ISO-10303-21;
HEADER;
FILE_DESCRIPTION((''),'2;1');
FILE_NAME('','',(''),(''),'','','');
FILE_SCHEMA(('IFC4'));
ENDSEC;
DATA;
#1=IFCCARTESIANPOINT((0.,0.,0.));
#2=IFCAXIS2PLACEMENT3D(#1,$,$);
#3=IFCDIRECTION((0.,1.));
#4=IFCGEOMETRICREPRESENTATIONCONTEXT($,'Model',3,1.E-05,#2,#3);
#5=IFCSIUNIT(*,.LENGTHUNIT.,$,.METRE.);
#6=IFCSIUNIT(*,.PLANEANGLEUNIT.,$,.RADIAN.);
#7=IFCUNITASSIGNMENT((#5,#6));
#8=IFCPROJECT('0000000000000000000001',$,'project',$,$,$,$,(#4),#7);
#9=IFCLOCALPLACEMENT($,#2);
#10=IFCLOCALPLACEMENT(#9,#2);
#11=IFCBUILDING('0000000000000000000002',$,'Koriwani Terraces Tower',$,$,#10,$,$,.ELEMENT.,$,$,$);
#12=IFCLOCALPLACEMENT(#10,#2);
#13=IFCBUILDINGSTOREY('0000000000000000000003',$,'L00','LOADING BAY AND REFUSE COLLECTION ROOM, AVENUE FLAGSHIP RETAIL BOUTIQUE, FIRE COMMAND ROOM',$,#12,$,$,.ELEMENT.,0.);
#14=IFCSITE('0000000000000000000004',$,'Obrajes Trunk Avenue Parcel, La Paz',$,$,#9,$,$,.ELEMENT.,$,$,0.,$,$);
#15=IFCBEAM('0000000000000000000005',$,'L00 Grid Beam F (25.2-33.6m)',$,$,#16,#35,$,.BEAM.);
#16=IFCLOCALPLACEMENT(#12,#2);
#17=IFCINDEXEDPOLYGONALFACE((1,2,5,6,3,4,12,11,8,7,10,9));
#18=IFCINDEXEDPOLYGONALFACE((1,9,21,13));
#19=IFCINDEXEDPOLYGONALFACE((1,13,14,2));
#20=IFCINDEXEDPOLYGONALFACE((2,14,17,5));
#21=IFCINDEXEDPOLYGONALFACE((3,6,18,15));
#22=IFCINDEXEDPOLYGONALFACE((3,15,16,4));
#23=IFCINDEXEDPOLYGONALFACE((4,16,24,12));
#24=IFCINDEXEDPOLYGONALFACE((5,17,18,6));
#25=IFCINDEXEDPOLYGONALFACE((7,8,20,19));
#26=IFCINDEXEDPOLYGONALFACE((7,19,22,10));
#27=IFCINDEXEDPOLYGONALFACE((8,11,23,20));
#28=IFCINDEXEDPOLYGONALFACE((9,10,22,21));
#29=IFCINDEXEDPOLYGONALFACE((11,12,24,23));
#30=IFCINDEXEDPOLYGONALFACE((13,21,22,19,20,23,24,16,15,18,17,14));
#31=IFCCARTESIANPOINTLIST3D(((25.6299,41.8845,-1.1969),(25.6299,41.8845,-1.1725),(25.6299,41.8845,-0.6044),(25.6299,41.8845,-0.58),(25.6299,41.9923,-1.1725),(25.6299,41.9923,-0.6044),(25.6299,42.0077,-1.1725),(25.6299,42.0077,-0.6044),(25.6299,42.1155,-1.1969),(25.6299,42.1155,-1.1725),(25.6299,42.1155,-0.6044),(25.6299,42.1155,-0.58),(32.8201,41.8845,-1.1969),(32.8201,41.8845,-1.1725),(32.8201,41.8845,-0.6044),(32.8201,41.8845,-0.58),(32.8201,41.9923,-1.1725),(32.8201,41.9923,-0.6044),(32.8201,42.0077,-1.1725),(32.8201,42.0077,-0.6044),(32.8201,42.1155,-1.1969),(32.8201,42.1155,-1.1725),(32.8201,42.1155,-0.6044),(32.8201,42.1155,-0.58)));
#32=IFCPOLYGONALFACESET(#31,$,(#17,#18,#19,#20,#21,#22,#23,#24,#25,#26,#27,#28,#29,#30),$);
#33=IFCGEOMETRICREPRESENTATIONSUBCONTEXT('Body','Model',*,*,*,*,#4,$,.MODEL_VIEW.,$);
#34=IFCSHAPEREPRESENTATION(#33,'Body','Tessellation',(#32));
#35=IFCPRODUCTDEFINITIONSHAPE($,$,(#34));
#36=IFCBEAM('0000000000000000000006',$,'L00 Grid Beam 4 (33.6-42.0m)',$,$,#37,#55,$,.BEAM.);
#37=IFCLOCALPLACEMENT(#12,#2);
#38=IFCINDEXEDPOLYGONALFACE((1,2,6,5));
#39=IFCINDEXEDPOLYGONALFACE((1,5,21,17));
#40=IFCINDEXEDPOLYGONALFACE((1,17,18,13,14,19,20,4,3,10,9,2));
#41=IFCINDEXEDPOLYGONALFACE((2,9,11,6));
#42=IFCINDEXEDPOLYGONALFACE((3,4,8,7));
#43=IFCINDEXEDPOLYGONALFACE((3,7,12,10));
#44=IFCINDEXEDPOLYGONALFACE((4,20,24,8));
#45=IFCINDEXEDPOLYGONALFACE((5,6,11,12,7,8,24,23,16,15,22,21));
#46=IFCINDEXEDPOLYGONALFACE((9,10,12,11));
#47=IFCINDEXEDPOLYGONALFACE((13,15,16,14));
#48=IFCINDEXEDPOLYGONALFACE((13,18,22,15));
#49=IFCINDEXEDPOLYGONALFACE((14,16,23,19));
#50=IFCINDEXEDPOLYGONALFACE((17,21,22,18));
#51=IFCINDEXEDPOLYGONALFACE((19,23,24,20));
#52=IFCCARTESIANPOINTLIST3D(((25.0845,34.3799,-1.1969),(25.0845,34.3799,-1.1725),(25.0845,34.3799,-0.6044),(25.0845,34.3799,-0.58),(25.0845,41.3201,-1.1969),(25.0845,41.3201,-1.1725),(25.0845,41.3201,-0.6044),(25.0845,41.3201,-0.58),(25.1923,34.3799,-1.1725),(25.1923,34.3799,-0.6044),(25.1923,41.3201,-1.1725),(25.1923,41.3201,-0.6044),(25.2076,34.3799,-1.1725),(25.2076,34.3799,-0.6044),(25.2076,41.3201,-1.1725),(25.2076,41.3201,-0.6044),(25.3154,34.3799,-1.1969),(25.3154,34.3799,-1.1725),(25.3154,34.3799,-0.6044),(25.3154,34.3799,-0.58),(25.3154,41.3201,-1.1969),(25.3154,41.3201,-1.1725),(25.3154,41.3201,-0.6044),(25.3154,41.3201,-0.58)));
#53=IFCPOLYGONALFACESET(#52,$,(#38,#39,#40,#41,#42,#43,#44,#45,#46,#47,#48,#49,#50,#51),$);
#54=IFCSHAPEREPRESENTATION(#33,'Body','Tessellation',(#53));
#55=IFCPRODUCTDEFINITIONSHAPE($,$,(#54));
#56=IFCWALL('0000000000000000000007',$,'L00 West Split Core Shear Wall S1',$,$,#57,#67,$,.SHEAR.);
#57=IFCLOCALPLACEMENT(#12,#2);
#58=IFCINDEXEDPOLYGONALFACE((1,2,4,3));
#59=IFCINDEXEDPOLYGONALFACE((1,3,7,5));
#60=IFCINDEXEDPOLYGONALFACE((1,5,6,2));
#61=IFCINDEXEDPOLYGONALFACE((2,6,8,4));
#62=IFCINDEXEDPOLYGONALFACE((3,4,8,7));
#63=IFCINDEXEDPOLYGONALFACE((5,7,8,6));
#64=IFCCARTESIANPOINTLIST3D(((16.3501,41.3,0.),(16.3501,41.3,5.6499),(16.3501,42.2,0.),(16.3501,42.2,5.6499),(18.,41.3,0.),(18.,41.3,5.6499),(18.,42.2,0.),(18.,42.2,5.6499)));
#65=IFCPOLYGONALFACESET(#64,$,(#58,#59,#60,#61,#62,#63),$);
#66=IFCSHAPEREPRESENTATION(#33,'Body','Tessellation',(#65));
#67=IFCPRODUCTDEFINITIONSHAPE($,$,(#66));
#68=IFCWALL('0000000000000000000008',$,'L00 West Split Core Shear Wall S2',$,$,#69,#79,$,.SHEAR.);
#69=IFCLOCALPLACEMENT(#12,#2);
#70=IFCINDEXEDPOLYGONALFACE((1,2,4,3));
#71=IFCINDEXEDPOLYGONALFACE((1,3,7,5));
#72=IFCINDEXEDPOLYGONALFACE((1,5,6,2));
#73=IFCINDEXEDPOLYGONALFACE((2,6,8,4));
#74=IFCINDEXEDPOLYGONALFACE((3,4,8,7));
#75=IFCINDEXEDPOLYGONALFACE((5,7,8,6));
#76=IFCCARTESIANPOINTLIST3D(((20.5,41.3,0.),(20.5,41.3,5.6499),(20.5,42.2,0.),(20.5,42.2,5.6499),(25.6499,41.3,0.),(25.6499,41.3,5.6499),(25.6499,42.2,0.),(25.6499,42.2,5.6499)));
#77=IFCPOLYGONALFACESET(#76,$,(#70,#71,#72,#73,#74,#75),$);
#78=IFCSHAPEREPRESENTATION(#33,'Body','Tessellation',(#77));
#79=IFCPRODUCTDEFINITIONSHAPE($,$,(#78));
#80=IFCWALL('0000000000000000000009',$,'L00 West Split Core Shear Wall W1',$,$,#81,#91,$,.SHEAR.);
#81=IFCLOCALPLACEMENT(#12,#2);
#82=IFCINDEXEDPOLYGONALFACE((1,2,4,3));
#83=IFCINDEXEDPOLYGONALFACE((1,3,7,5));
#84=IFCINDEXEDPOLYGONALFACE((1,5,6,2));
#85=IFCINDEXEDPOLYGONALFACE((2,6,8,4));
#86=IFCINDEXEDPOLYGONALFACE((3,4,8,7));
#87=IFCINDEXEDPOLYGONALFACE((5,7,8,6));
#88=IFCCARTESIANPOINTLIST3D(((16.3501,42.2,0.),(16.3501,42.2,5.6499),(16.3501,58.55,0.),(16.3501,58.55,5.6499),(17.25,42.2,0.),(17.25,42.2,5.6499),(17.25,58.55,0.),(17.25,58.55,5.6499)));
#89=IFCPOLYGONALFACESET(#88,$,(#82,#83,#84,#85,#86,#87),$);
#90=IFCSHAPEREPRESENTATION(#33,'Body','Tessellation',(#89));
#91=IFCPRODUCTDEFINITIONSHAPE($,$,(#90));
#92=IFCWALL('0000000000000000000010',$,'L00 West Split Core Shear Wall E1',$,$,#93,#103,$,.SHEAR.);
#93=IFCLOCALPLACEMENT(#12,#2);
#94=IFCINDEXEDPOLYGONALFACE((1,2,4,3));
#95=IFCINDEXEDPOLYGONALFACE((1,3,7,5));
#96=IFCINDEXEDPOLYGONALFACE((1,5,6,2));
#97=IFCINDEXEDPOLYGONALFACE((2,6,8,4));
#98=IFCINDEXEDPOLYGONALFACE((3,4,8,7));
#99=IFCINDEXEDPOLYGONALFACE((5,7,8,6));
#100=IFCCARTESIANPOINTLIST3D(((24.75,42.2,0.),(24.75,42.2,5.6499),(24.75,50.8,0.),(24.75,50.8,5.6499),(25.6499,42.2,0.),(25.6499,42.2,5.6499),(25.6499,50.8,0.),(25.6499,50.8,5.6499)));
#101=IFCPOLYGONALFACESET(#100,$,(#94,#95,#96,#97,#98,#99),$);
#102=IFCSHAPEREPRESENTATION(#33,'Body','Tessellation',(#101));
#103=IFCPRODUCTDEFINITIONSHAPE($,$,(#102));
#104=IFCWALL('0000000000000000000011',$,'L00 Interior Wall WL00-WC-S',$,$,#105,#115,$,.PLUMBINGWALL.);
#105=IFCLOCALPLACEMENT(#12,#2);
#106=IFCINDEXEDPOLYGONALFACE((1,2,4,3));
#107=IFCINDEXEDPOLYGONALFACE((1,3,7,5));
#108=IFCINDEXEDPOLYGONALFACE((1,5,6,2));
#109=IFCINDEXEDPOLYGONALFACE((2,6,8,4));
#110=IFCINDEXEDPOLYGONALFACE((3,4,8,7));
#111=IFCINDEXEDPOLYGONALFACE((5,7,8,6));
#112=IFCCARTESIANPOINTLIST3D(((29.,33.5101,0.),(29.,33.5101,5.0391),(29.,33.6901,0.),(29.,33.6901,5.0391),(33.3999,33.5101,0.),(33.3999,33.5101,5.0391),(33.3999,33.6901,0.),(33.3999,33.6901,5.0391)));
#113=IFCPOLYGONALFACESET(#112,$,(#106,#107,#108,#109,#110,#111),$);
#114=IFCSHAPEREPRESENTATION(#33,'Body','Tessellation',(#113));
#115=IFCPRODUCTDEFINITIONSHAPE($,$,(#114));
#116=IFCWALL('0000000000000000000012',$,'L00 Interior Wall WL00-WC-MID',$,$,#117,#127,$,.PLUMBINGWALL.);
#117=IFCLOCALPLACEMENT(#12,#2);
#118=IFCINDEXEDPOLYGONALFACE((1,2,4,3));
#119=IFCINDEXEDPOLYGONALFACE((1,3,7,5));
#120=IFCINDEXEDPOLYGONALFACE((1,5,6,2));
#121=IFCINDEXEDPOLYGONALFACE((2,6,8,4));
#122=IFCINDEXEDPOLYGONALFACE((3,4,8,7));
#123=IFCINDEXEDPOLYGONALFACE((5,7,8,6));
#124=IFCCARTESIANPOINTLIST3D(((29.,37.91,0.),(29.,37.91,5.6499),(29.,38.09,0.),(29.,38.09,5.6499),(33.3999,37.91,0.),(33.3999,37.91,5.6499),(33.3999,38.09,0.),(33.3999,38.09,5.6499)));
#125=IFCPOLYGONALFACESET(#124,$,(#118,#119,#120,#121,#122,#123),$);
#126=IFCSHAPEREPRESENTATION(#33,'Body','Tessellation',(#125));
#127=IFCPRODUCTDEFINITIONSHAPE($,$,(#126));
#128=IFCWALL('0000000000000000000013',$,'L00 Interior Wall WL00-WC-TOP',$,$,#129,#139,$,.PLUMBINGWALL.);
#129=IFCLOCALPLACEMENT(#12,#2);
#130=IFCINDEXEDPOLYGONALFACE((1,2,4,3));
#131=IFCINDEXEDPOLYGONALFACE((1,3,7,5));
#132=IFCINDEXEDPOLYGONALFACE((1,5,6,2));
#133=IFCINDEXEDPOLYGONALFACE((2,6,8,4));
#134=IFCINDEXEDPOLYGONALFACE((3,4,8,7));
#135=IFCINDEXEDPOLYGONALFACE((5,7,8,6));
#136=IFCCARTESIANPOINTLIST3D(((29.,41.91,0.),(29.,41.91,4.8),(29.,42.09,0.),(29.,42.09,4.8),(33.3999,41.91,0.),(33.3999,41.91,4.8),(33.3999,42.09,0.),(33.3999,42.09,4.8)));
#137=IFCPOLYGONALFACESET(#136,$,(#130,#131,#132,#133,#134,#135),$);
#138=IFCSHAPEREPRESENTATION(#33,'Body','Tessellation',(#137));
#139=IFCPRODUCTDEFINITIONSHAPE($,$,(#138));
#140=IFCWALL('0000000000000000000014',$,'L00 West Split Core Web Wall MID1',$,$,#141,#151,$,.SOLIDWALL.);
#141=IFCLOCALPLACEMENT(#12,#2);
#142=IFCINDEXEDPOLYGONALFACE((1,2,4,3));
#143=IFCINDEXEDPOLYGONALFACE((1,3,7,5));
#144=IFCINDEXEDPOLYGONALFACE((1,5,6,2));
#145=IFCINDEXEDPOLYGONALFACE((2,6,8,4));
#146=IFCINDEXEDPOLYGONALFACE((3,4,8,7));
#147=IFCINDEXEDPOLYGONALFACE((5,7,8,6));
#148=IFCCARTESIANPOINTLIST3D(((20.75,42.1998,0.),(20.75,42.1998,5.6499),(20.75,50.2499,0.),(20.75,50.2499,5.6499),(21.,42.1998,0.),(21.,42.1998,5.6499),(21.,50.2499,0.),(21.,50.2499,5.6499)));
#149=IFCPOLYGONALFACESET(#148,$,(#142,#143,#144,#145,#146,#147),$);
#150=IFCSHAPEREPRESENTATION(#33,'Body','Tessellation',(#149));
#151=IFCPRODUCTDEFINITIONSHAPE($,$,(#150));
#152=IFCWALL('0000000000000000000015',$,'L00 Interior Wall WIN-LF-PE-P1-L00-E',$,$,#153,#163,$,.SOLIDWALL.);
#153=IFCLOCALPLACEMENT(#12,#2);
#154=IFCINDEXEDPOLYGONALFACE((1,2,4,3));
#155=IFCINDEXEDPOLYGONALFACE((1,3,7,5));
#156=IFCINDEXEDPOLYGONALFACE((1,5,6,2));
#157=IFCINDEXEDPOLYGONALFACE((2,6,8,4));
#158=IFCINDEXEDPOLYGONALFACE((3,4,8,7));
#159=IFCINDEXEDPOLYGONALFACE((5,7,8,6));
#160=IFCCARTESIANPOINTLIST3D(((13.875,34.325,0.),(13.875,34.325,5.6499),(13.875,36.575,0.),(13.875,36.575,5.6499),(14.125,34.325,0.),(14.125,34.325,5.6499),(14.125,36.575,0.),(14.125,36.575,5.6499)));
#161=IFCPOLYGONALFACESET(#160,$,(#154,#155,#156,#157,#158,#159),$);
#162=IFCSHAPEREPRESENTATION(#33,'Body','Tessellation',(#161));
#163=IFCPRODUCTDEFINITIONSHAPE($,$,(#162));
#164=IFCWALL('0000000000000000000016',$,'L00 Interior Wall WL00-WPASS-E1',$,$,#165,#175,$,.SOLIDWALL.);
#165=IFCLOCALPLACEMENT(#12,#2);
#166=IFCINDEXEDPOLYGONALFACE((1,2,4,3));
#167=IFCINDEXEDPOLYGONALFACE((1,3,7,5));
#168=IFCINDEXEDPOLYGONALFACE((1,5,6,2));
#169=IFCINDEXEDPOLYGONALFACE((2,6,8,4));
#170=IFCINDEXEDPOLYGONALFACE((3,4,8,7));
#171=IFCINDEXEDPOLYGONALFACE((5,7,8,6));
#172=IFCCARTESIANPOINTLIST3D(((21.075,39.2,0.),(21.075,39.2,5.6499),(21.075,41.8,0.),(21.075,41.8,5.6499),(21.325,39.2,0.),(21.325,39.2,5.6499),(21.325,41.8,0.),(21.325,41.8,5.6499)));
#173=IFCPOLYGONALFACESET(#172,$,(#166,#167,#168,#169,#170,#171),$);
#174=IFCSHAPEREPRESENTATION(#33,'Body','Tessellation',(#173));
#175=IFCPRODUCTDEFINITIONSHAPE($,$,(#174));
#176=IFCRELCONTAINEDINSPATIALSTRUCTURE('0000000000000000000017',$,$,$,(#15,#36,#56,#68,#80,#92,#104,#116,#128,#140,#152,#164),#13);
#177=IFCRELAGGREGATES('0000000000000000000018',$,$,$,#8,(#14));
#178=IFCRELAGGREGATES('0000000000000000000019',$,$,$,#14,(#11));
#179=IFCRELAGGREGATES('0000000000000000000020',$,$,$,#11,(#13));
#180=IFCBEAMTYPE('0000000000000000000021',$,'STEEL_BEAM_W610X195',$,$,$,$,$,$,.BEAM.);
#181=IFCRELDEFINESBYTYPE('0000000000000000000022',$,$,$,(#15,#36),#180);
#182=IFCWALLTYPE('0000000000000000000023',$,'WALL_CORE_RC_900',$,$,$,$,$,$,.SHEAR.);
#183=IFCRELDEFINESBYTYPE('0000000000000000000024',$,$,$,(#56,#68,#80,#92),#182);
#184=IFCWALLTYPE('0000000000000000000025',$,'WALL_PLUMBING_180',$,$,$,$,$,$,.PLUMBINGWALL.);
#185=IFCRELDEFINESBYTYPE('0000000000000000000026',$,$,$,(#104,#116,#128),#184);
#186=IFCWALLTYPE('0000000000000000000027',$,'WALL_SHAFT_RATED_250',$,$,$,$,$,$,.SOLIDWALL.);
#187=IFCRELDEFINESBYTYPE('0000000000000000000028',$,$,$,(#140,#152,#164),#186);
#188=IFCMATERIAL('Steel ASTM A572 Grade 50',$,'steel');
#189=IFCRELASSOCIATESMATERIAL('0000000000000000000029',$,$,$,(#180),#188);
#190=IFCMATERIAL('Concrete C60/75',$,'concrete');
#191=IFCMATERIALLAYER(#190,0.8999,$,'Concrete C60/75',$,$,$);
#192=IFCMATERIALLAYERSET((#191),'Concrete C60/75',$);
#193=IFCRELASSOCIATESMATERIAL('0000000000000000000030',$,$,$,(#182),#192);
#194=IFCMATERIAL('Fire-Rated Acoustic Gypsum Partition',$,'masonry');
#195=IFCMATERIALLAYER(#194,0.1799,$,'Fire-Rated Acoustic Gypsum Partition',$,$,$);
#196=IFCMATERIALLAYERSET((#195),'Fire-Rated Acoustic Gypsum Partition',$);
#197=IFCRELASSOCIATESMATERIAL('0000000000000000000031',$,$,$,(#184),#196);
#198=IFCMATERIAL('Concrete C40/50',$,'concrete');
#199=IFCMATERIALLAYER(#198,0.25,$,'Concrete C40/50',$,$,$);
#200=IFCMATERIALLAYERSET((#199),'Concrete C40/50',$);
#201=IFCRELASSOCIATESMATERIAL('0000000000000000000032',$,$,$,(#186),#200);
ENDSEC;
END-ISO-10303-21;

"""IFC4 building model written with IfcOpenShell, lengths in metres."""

from ifc_helpers import new_model, si_unit, direction, frame, frame_2d, origin, origin_2d, place, context, subcontext, project, spatial, rectangle, i_section, extrude, material, layer, layer_set, material_profile, profile_set, type_object, element, save


model = new_model("IFC4")

# Units and contexts
model_context = context("Model", 3, precision=1e-05, world=origin(), true_north=direction((0.0, 1.0)))
body_context = subcontext(model_context, "Body", "Model", "MODEL_VIEW")
ifc_project = project(units=[si_unit("LENGTHUNIT", "METRE"), si_unit("PLANEANGLEUNIT", "RADIAN")], contexts=[model_context])

# Site, building, storey
site_placement = place(None, origin())
site = spatial("IfcSite", under=ifc_project, at=site_placement, Name="Obrajes Trunk Avenue Parcel, La Paz", CompositionType="ELEMENT", RefElevation=0.0)
building_placement = place(site_placement, origin())
building = spatial("IfcBuilding", under=site, at=building_placement, Name="Koriwani Terraces Tower", CompositionType="ELEMENT")
storey_placement = place(building_placement, origin())
storey = spatial("IfcBuildingStorey", under=building, at=storey_placement, Name="L00", Description="LOADING BAY AND REFUSE COLLECTION ROOM, AVENUE FLAGSHIP RETAIL BOUTIQUE, FIRE COMMAND ROOM", CompositionType="ELEMENT", Elevation=0.0)

# Shared definitions
ifc_material_1 = material(Name="Concrete C60/75", Category="concrete")

# Beams
ifc_material_2 = material(Name="Steel ASTM A572 Grade 50", Category="steel")
ifc_material_profile_1 = material_profile(ifc_material_2, i_section(OverallWidth=0.231, OverallDepth=0.6169, WebThickness=0.0154, FlangeThickness=0.0244, at=origin_2d()), Name="Steel ASTM A572 Grade 50", Category="LoadBearing")
ifc_profile_set_1 = profile_set([ifc_material_profile_1], Name="Steel ASTM A572 Grade 50")
beam_type_1 = type_object("IfcBeamType", Name="STEEL_BEAM_W610X195", PredefinedType="BEAM", material=ifc_profile_set_1)
beam_1_placement = place(storey_placement, frame((25.6299, 42.0, -0.8884), z_axis=(1.0, 0.0, 0.0), x_axis=(0.0, 1.0, 0.0)))
element("IfcBeam", 1, at=beam_1_placement, inside=storey, type_object=beam_type_1, Name="L00 Grid Beam F (25.2-33.6m)", PredefinedType="BEAM", context=body_context, shape_type="SweptSolid", body=[
    extrude(i_section(OverallWidth=0.231, OverallDepth=0.6169, WebThickness=0.0154, FlangeThickness=0.0244, at=origin_2d()), origin(), (0.0, 0.0, 1.0), 7.1902),
])
beam_2_placement = place(storey_placement, frame((25.2, 34.3799, -0.8884), z_axis=(0.0, 1.0, 0.0), x_axis=(-1.0, 0.0, 0.0)))
element("IfcBeam", 2, at=beam_2_placement, inside=storey, type_object=beam_type_1, Name="L00 Grid Beam 4 (33.6-42.0m)", PredefinedType="BEAM", context=body_context, shape_type="SweptSolid", body=[
    extrude(i_section(OverallWidth=0.231, OverallDepth=0.6169, WebThickness=0.0154, FlangeThickness=0.0244, at=origin_2d()), origin(), (0.0, 0.0, 1.0), 6.9402),
])

# Walls
ifc_layer_1 = layer(ifc_material_1, 0.8999, Name="Concrete C60/75")
ifc_layer_set_1 = layer_set([ifc_layer_1], Name="Concrete C60/75")
wall_type_1 = type_object("IfcWallType", Name="WALL_CORE_RC_900", PredefinedType="SHEAR", material=ifc_layer_set_1)
wall_1_placement = place(storey_placement, frame((16.3501, 41.75, 0.0), z_axis=(0.0, 0.0, 1.0), x_axis=(1.0, 0.0, 0.0)))
element("IfcWall", 3, at=wall_1_placement, inside=storey, type_object=wall_type_1, Name="L00 West Split Core Shear Wall S1", PredefinedType="SHEAR", context=body_context, shape_type="SweptSolid", body=[
    extrude(rectangle(XDim=1.6499, YDim=0.8999, at=frame_2d((0.825, 0.0))), origin(), (0.0, 0.0, 1.0), 5.6499),
])
wall_2_placement = place(storey_placement, frame((20.5, 41.75, 0.0), z_axis=(0.0, 0.0, 1.0), x_axis=(1.0, 0.0, 0.0)))
element("IfcWall", 4, at=wall_2_placement, inside=storey, type_object=wall_type_1, Name="L00 West Split Core Shear Wall S2", PredefinedType="SHEAR", context=body_context, shape_type="SweptSolid", body=[
    extrude(rectangle(XDim=5.1499, YDim=0.8999, at=frame_2d((2.575, 0.0))), origin(), (0.0, 0.0, 1.0), 5.6499),
])
wall_3_placement = place(storey_placement, frame((16.8, 42.2, 0.0), z_axis=(0.0, 0.0, 1.0), x_axis=(0.0, 1.0, 0.0)))
element("IfcWall", 5, at=wall_3_placement, inside=storey, type_object=wall_type_1, Name="L00 West Split Core Shear Wall W1", PredefinedType="SHEAR", context=body_context, shape_type="SweptSolid", body=[
    extrude(rectangle(XDim=16.3501, YDim=0.8999, at=frame_2d((8.175, 0.0))), origin(), (0.0, 0.0, 1.0), 5.6499),
])
wall_4_placement = place(storey_placement, frame((25.2, 42.2, 0.0), z_axis=(0.0, 0.0, 1.0), x_axis=(0.0, 1.0, 0.0)))
element("IfcWall", 6, at=wall_4_placement, inside=storey, type_object=wall_type_1, Name="L00 West Split Core Shear Wall E1", PredefinedType="SHEAR", context=body_context, shape_type="SweptSolid", body=[
    extrude(rectangle(XDim=8.6001, YDim=0.8999, at=frame_2d((4.3, 0.0))), origin(), (0.0, 0.0, 1.0), 5.6499),
])
ifc_material_3 = material(Name="Fire-Rated Acoustic Gypsum Partition", Category="masonry")
ifc_layer_2 = layer(ifc_material_3, 0.1799, Name="Fire-Rated Acoustic Gypsum Partition")
ifc_layer_set_2 = layer_set([ifc_layer_2], Name="Fire-Rated Acoustic Gypsum Partition")
wall_type_2 = type_object("IfcWallType", Name="WALL_PLUMBING_180", PredefinedType="PLUMBINGWALL", material=ifc_layer_set_2)
wall_5_placement = place(storey_placement, frame((29.0, 33.6001, 0.0), z_axis=(0.0, 0.0, 1.0), x_axis=(1.0, 0.0, 0.0)))
element("IfcWall", 7, at=wall_5_placement, inside=storey, type_object=wall_type_2, Name="L00 Interior Wall WL00-WC-S", PredefinedType="PLUMBINGWALL", context=body_context, shape_type="SweptSolid", body=[
    extrude(rectangle(XDim=4.3999, YDim=0.1799, at=frame_2d((2.2, 0.0))), origin(), (0.0, 0.0, 1.0), 5.0391),
])
wall_6_placement = place(storey_placement, frame((29.0, 38.0, 0.0), z_axis=(0.0, 0.0, 1.0), x_axis=(1.0, 0.0, 0.0)))
element("IfcWall", 8, at=wall_6_placement, inside=storey, type_object=wall_type_2, Name="L00 Interior Wall WL00-WC-MID", PredefinedType="PLUMBINGWALL", context=body_context, shape_type="SweptSolid", body=[
    extrude(rectangle(XDim=4.3999, YDim=0.1799, at=frame_2d((2.2, 0.0))), origin(), (0.0, 0.0, 1.0), 5.6499),
])
wall_7_placement = place(storey_placement, frame((29.0, 42.0, 0.0), z_axis=(0.0, 0.0, 1.0), x_axis=(1.0, 0.0, 0.0)))
element("IfcWall", 9, at=wall_7_placement, inside=storey, type_object=wall_type_2, Name="L00 Interior Wall WL00-WC-TOP", PredefinedType="PLUMBINGWALL", context=body_context, shape_type="SweptSolid", body=[
    extrude(rectangle(XDim=4.3999, YDim=0.1799, at=frame_2d((2.2, 0.0))), origin(), (0.0, 0.0, 1.0), 4.8),
])
ifc_material_4 = material(Name="Concrete C40/50", Category="concrete")
ifc_layer_3 = layer(ifc_material_4, 0.25, Name="Concrete C40/50")
ifc_layer_set_3 = layer_set([ifc_layer_3], Name="Concrete C40/50")
wall_type_3 = type_object("IfcWallType", Name="WALL_SHAFT_RATED_250", PredefinedType="SOLIDWALL", material=ifc_layer_set_3)
wall_8_placement = place(storey_placement, frame((20.875, 42.2, 0.0), z_axis=(0.0, 0.0, 1.0), x_axis=(0.0, 1.0, 0.0)))
element("IfcWall", 10, at=wall_8_placement, inside=storey, type_object=wall_type_3, Name="L00 West Split Core Web Wall MID1", PredefinedType="SOLIDWALL", context=body_context, shape_type="SweptSolid", body=[
    extrude(rectangle(XDim=8.05, YDim=0.25, at=frame_2d((4.0249, 0.0))), origin(), (0.0, 0.0, 1.0), 5.6499),
])

# Walls
wall_9_placement = place(storey_placement, frame((14.0, 34.325, 0.0), z_axis=(0.0, 0.0, 1.0), x_axis=(0.0, 1.0, 0.0)))
element("IfcWall", 11, at=wall_9_placement, inside=storey, type_object=wall_type_3, Name="L00 Interior Wall WIN-LF-PE-P1-L00-E", PredefinedType="SOLIDWALL", context=body_context, shape_type="SweptSolid", body=[
    extrude(rectangle(XDim=2.25, YDim=0.25, at=frame_2d((1.125, 0.0))), origin(), (0.0, 0.0, 1.0), 5.6499),
])
wall_10_placement = place(storey_placement, frame((21.2, 39.2, 0.0), z_axis=(0.0, 0.0, 1.0), x_axis=(0.0, 1.0, 0.0)))
element("IfcWall", 12, at=wall_10_placement, inside=storey, type_object=wall_type_3, Name="L00 Interior Wall WL00-WPASS-E1", PredefinedType="SOLIDWALL", context=body_context, shape_type="SweptSolid", body=[
    extrude(rectangle(XDim=2.6001, YDim=0.25, at=frame_2d((1.3, 0.0))), origin(), (0.0, 0.0, 1.0), 5.6499),
])

save(model, "model.ifc")
